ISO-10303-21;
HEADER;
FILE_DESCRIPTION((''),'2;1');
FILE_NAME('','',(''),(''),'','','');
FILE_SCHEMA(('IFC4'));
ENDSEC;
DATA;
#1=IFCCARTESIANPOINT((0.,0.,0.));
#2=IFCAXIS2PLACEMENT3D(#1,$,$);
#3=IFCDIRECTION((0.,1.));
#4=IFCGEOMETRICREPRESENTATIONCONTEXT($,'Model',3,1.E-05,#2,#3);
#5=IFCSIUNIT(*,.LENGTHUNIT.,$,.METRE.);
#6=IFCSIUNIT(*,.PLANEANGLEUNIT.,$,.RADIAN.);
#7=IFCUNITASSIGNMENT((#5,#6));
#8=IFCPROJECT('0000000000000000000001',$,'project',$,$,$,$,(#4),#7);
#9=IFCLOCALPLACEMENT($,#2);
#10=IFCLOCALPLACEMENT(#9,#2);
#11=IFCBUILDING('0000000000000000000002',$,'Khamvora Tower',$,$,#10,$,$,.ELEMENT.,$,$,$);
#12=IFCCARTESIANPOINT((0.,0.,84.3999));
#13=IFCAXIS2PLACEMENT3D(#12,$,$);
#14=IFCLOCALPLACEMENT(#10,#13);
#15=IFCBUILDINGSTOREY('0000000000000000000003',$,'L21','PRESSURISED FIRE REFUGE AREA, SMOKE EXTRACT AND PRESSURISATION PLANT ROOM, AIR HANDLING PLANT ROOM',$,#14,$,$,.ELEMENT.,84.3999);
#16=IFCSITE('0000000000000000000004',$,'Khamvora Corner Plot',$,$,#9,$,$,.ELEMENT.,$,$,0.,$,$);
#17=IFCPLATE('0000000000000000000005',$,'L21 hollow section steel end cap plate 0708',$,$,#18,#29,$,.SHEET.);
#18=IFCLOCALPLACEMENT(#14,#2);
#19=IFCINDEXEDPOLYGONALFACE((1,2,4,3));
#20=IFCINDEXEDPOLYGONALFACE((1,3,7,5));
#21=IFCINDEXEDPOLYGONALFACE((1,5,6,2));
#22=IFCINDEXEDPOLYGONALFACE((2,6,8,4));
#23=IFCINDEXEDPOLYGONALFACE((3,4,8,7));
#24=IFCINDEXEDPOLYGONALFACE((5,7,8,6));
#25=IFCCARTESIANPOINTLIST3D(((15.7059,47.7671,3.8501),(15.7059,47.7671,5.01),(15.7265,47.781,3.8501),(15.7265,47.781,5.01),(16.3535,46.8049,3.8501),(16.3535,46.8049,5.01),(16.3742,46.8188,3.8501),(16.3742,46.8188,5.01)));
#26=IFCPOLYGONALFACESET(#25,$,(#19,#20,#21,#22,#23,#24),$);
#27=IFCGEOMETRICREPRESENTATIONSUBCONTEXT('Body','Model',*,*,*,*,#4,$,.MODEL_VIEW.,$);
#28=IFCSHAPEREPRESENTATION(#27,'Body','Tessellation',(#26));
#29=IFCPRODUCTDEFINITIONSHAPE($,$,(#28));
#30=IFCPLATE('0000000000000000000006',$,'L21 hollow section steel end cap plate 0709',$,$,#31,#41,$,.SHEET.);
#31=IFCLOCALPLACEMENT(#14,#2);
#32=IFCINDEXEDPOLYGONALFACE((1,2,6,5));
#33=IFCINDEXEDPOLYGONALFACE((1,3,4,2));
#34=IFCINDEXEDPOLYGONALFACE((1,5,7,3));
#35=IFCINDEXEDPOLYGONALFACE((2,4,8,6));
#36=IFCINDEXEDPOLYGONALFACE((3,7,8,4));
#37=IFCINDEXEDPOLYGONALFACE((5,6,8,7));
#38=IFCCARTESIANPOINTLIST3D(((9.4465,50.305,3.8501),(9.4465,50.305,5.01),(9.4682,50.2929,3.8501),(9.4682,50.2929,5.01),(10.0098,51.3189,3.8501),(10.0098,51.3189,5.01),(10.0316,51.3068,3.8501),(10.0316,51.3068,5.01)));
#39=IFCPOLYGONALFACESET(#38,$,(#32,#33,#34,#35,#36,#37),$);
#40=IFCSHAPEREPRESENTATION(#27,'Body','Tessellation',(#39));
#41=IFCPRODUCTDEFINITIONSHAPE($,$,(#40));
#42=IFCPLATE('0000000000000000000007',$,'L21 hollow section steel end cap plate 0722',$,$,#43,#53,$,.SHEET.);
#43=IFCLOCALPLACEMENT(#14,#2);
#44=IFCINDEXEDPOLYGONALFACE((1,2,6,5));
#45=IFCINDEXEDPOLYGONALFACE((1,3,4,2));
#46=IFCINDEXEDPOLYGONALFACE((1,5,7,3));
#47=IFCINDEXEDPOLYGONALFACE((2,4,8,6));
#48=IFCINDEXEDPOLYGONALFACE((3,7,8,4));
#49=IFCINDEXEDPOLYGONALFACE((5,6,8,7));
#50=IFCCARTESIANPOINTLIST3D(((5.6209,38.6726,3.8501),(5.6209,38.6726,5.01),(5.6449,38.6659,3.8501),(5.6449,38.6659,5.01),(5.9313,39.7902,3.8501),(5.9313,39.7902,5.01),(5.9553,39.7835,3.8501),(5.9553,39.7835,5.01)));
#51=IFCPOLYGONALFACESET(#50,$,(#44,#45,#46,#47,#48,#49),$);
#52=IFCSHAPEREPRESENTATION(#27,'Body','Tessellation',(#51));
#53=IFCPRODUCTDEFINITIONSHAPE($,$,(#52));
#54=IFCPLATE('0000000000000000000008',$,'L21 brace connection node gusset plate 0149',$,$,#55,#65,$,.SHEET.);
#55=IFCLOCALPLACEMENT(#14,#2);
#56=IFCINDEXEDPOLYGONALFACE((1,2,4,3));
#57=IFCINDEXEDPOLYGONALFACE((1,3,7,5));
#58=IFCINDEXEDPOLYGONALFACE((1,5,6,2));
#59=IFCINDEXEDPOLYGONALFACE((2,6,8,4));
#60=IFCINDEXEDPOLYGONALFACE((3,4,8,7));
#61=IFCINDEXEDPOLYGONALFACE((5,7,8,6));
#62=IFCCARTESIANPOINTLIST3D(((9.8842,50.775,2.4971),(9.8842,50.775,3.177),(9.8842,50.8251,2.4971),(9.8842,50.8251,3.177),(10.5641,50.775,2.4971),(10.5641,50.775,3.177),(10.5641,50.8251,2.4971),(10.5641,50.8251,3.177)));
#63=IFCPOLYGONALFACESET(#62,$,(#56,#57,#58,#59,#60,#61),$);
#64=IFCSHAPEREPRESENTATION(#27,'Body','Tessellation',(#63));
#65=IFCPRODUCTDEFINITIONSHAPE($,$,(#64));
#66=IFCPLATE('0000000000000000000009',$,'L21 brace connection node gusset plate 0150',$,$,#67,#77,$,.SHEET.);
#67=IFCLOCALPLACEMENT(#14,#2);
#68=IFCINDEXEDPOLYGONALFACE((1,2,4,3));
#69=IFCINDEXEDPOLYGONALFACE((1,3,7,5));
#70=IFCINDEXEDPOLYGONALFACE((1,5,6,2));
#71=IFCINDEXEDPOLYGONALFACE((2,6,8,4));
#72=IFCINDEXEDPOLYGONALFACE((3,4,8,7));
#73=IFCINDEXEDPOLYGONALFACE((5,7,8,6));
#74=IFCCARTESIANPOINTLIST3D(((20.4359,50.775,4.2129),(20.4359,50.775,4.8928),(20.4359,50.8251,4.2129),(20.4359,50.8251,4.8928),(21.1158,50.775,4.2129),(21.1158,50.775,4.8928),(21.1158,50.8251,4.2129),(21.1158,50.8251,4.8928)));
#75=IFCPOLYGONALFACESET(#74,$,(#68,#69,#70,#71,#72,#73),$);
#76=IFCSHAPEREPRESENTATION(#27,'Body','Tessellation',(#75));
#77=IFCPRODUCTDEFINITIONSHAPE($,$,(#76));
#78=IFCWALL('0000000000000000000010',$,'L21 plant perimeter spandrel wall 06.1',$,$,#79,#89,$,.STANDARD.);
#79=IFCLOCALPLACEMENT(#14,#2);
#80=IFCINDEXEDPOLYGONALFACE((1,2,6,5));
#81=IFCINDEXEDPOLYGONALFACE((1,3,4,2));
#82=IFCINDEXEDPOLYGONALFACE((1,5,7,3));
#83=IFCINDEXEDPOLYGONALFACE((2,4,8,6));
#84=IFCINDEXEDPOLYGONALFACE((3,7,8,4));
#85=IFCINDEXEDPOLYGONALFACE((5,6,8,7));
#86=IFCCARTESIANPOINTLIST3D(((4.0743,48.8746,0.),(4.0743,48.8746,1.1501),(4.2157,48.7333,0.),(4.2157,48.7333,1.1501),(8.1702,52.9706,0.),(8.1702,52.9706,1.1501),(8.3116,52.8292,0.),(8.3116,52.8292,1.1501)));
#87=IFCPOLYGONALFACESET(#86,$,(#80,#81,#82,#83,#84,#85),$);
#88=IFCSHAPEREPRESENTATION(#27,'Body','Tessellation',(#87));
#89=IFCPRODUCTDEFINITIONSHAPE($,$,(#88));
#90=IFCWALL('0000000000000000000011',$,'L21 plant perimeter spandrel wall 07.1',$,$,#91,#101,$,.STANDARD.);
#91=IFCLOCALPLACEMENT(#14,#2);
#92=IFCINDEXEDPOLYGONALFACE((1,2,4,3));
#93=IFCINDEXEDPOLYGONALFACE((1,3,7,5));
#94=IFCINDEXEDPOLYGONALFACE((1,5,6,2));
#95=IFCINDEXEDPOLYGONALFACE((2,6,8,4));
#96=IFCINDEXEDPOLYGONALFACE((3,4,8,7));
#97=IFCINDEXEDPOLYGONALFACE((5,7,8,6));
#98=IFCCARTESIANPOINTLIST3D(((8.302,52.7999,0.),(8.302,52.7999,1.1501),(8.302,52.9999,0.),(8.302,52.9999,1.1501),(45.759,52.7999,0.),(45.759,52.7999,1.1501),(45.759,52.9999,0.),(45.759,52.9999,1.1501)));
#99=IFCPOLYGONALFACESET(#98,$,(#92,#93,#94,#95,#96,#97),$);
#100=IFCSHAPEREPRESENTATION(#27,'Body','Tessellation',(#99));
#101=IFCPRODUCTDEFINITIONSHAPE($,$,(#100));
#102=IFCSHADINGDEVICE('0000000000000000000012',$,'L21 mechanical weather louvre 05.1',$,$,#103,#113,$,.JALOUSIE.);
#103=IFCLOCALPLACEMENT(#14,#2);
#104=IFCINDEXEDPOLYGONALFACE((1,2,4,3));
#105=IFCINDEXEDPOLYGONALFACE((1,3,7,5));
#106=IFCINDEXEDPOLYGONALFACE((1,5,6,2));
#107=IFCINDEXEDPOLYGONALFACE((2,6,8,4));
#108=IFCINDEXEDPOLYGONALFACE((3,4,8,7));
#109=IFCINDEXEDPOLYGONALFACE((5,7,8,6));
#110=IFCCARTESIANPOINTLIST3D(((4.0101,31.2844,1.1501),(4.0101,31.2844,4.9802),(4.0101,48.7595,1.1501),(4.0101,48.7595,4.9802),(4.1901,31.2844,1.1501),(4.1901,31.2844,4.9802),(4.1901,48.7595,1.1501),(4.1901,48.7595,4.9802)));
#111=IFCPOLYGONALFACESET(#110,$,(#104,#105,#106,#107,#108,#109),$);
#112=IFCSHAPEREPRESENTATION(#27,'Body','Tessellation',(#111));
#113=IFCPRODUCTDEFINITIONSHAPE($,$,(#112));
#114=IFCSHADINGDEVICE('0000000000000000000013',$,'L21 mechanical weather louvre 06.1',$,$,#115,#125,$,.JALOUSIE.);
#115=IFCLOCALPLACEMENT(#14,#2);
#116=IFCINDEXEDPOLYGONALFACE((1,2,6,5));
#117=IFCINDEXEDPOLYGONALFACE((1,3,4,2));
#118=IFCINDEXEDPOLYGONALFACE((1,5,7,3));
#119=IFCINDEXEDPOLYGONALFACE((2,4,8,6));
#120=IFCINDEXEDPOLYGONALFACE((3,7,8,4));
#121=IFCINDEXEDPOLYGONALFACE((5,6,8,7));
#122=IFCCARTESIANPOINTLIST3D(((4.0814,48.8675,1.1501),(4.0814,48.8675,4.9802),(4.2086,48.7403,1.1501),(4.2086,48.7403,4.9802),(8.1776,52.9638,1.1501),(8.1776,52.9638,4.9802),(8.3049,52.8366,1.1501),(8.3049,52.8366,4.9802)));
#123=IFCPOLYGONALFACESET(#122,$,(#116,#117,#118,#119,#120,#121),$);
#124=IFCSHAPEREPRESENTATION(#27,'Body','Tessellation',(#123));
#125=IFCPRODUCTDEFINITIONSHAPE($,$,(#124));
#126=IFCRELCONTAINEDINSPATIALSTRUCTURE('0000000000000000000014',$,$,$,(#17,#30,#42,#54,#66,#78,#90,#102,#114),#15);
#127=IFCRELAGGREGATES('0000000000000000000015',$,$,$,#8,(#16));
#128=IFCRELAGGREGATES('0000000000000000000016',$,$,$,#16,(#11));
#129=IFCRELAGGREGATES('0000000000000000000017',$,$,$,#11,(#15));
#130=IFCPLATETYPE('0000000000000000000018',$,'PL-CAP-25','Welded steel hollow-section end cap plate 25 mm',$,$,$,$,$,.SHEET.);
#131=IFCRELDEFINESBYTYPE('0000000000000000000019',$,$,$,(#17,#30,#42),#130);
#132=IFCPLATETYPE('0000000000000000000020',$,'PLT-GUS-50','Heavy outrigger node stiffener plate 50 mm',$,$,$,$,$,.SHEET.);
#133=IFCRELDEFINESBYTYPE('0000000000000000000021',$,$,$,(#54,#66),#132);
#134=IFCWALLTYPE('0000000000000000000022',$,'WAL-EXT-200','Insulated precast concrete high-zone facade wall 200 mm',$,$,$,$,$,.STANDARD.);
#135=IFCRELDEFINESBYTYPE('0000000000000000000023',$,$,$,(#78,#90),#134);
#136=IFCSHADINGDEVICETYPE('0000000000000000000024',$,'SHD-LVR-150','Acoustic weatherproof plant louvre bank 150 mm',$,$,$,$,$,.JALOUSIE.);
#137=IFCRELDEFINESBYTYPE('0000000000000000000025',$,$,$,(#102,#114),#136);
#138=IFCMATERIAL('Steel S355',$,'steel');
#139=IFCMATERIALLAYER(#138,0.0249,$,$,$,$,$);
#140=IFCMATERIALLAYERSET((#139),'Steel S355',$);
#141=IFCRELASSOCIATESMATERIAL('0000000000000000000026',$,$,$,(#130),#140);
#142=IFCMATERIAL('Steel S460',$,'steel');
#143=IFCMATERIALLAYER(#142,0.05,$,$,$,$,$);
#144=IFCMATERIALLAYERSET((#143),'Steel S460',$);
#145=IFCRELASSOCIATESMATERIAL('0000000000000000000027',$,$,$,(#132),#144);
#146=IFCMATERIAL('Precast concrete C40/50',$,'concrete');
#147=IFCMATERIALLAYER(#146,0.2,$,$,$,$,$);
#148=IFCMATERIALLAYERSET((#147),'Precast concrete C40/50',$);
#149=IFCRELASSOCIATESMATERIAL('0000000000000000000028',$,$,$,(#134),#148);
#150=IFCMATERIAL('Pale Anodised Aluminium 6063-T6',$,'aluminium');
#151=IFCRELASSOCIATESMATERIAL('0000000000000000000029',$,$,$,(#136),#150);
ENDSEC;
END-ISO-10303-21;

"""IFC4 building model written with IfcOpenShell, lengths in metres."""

from ifc_helpers import new_model, si_unit, direction, frame, frame_2d, origin, origin_2d, place, context, subcontext, project, spatial, rectangle, extrude, material, layer, layer_set, type_object, element, save


model = new_model("IFC4")

# Units and contexts
model_context = context("Model", 3, precision=1e-05, world=origin(), true_north=direction((0.0, 1.0)))
body_context = subcontext(model_context, "Body", "Model", "MODEL_VIEW")
ifc_project = project(units=[si_unit("LENGTHUNIT", "METRE"), si_unit("PLANEANGLEUNIT", "RADIAN")], contexts=[model_context])

# Site, building, storey
site_placement = place(None, origin())
site = spatial("IfcSite", under=ifc_project, at=site_placement, Name="Khamvora Corner Plot", CompositionType="ELEMENT", RefElevation=0.0)
building_placement = place(site_placement, origin())
building = spatial("IfcBuilding", under=site, at=building_placement, Name="Khamvora Tower", CompositionType="ELEMENT")
storey_placement = place(building_placement, frame((0.0, 0.0, 84.3999)))
storey = spatial("IfcBuildingStorey", under=building, at=storey_placement, Name="L21", Description="PRESSURISED FIRE REFUGE AREA, SMOKE EXTRACT AND PRESSURISATION PLANT ROOM, AIR HANDLING PLANT ROOM", CompositionType="ELEMENT", Elevation=84.3999)

# Shared definitions
ifc_material_1 = material(Name="Steel S355", Category="steel")

# Shared definitions
ifc_material_2 = material(Name="Steel S460", Category="steel")

# Plates
ifc_layer_1 = layer(ifc_material_1, 0.0249)
ifc_layer_set_1 = layer_set([ifc_layer_1], Name="Steel S355")
plate_type_1 = type_object("IfcPlateType", Name="PL-CAP-25", Description="Welded steel hollow-section end cap plate 25 mm", PredefinedType="SHEET", material=ifc_layer_set_1)
for number, where, z_axis, x_axis, name in (
    (1, (16.04, 47.293, 3.8501), (0.0, 0.0, 1.0), (-0.829584, -0.558382, 0.0), "L21 hollow section steel end cap plate 0708"),
    (2, (9.739, 50.8059, 3.8501), (0.0, 0.0, 1.0), (0.874154, -0.485649, 0.0), "L21 hollow section steel end cap plate 0709"),
    (3, (5.7881, 39.228, 3.8501), (0.0, 0.0, 1.0), (0.963518, -0.267642, 0.0), "L21 hollow section steel end cap plate 0722"),
):
    element("IfcPlate", number, at=place(storey_placement, frame(where, z_axis=z_axis, x_axis=x_axis)), inside=storey, type_object=plate_type_1, Name=name, PredefinedType="SHEET", context=body_context, shape_type="SweptSolid", body=[
        extrude(rectangle(XDim=0.0249, YDim=1.1599, at=origin_2d()), origin(), (0.0, 0.0, 1.0), 1.1599),
    ])
ifc_layer_2 = layer(ifc_material_2, 0.05)
ifc_layer_set_2 = layer_set([ifc_layer_2], Name="Steel S460")
plate_type_2 = type_object("IfcPlateType", Name="PLT-GUS-50", Description="Heavy outrigger node stiffener plate 50 mm", PredefinedType="SHEET", material=ifc_layer_set_2)
for number, where, z_axis, x_axis, name in (
    (4, (10.2241, 50.8, 2.4971), (0.0, 0.0, 1.0), (1.0, 0.0, 0.0), "L21 brace connection node gusset plate 0149"),
    (5, (20.7759, 50.8, 4.2129), (0.0, 0.0, 1.0), (1.0, 0.0, 0.0), "L21 brace connection node gusset plate 0150"),
):
    element("IfcPlate", number, at=place(storey_placement, frame(where, z_axis=z_axis, x_axis=x_axis)), inside=storey, type_object=plate_type_2, Name=name, PredefinedType="SHEET", context=body_context, shape_type="SweptSolid", body=[
        extrude(rectangle(XDim=0.6799, YDim=0.05, at=origin_2d()), origin(), (0.0, 0.0, 1.0), 0.6799),
    ])

# Walls
ifc_material_3 = material(Name="Precast concrete C40/50", Category="concrete")
ifc_layer_3 = layer(ifc_material_3, 0.2)
ifc_layer_set_3 = layer_set([ifc_layer_3], Name="Precast concrete C40/50")
wall_type = type_object("IfcWallType", Name="WAL-EXT-200", Description="Insulated precast concrete high-zone facade wall 200 mm", PredefinedType="STANDARD", material=ifc_layer_set_3)
wall_1_placement = place(storey_placement, frame((4.145, 48.804, 0.0), z_axis=(0.0, 0.0, 1.0), x_axis=(0.707107, 0.707107, 0.0)))
element("IfcWall", 6, at=wall_1_placement, inside=storey, type_object=wall_type, Name="L21 plant perimeter spandrel wall 06.1", PredefinedType="STANDARD", context=body_context, shape_type="SweptSolid", body=[
    extrude(rectangle(XDim=5.7925, YDim=0.2, at=frame_2d((2.8962, 0.0))), origin(), (0.0, 0.0, 1.0), 1.1501),
])
wall_2_placement = place(storey_placement, frame((8.302, 52.8999, 0.0), z_axis=(0.0, 0.0, 1.0), x_axis=(1.0, 0.0, 0.0)))
element("IfcWall", 7, at=wall_2_placement, inside=storey, type_object=wall_type, Name="L21 plant perimeter spandrel wall 07.1", PredefinedType="STANDARD", context=body_context, shape_type="SweptSolid", body=[
    extrude(rectangle(XDim=37.457, YDim=0.2, at=frame_2d((18.7285, 0.0))), origin(), (0.0, 0.0, 1.0), 1.1501),
])

# Shading devices
ifc_material_4 = material(Name="Pale Anodised Aluminium 6063-T6", Category="aluminium")
shading_device_type = type_object("IfcShadingDeviceType", Name="SHD-LVR-150", Description="Acoustic weatherproof plant louvre bank 150 mm", PredefinedType="JALOUSIE", material=ifc_material_4)
shading_device_1_placement = place(storey_placement, frame((4.1001, 40.022, 1.1501), z_axis=(0.0, 0.0, 1.0), x_axis=(0.0, 1.0, 0.0)))
element("IfcShadingDevice", 8, at=shading_device_1_placement, inside=storey, type_object=shading_device_type, Name="L21 mechanical weather louvre 05.1", PredefinedType="JALOUSIE", context=body_context, shape_type="SweptSolid", body=[
    extrude(rectangle(XDim=17.4751, YDim=0.1799, at=origin_2d()), origin(), (0.0, 0.0, 1.0), 3.8301),
])
shading_device_2_placement = place(storey_placement, frame((6.1931, 50.8521, 1.1501), z_axis=(0.0, 0.0, 1.0), x_axis=(0.707107, 0.707107, 0.0)))
element("IfcShadingDevice", 9, at=shading_device_2_placement, inside=storey, type_object=shading_device_type, Name="L21 mechanical weather louvre 06.1", PredefinedType="JALOUSIE", context=body_context, shape_type="SweptSolid", body=[
    extrude(rectangle(XDim=5.793, YDim=0.1799, at=origin_2d()), origin(), (0.0, 0.0, 1.0), 3.8301),
])

save(model, "model.ifc")
